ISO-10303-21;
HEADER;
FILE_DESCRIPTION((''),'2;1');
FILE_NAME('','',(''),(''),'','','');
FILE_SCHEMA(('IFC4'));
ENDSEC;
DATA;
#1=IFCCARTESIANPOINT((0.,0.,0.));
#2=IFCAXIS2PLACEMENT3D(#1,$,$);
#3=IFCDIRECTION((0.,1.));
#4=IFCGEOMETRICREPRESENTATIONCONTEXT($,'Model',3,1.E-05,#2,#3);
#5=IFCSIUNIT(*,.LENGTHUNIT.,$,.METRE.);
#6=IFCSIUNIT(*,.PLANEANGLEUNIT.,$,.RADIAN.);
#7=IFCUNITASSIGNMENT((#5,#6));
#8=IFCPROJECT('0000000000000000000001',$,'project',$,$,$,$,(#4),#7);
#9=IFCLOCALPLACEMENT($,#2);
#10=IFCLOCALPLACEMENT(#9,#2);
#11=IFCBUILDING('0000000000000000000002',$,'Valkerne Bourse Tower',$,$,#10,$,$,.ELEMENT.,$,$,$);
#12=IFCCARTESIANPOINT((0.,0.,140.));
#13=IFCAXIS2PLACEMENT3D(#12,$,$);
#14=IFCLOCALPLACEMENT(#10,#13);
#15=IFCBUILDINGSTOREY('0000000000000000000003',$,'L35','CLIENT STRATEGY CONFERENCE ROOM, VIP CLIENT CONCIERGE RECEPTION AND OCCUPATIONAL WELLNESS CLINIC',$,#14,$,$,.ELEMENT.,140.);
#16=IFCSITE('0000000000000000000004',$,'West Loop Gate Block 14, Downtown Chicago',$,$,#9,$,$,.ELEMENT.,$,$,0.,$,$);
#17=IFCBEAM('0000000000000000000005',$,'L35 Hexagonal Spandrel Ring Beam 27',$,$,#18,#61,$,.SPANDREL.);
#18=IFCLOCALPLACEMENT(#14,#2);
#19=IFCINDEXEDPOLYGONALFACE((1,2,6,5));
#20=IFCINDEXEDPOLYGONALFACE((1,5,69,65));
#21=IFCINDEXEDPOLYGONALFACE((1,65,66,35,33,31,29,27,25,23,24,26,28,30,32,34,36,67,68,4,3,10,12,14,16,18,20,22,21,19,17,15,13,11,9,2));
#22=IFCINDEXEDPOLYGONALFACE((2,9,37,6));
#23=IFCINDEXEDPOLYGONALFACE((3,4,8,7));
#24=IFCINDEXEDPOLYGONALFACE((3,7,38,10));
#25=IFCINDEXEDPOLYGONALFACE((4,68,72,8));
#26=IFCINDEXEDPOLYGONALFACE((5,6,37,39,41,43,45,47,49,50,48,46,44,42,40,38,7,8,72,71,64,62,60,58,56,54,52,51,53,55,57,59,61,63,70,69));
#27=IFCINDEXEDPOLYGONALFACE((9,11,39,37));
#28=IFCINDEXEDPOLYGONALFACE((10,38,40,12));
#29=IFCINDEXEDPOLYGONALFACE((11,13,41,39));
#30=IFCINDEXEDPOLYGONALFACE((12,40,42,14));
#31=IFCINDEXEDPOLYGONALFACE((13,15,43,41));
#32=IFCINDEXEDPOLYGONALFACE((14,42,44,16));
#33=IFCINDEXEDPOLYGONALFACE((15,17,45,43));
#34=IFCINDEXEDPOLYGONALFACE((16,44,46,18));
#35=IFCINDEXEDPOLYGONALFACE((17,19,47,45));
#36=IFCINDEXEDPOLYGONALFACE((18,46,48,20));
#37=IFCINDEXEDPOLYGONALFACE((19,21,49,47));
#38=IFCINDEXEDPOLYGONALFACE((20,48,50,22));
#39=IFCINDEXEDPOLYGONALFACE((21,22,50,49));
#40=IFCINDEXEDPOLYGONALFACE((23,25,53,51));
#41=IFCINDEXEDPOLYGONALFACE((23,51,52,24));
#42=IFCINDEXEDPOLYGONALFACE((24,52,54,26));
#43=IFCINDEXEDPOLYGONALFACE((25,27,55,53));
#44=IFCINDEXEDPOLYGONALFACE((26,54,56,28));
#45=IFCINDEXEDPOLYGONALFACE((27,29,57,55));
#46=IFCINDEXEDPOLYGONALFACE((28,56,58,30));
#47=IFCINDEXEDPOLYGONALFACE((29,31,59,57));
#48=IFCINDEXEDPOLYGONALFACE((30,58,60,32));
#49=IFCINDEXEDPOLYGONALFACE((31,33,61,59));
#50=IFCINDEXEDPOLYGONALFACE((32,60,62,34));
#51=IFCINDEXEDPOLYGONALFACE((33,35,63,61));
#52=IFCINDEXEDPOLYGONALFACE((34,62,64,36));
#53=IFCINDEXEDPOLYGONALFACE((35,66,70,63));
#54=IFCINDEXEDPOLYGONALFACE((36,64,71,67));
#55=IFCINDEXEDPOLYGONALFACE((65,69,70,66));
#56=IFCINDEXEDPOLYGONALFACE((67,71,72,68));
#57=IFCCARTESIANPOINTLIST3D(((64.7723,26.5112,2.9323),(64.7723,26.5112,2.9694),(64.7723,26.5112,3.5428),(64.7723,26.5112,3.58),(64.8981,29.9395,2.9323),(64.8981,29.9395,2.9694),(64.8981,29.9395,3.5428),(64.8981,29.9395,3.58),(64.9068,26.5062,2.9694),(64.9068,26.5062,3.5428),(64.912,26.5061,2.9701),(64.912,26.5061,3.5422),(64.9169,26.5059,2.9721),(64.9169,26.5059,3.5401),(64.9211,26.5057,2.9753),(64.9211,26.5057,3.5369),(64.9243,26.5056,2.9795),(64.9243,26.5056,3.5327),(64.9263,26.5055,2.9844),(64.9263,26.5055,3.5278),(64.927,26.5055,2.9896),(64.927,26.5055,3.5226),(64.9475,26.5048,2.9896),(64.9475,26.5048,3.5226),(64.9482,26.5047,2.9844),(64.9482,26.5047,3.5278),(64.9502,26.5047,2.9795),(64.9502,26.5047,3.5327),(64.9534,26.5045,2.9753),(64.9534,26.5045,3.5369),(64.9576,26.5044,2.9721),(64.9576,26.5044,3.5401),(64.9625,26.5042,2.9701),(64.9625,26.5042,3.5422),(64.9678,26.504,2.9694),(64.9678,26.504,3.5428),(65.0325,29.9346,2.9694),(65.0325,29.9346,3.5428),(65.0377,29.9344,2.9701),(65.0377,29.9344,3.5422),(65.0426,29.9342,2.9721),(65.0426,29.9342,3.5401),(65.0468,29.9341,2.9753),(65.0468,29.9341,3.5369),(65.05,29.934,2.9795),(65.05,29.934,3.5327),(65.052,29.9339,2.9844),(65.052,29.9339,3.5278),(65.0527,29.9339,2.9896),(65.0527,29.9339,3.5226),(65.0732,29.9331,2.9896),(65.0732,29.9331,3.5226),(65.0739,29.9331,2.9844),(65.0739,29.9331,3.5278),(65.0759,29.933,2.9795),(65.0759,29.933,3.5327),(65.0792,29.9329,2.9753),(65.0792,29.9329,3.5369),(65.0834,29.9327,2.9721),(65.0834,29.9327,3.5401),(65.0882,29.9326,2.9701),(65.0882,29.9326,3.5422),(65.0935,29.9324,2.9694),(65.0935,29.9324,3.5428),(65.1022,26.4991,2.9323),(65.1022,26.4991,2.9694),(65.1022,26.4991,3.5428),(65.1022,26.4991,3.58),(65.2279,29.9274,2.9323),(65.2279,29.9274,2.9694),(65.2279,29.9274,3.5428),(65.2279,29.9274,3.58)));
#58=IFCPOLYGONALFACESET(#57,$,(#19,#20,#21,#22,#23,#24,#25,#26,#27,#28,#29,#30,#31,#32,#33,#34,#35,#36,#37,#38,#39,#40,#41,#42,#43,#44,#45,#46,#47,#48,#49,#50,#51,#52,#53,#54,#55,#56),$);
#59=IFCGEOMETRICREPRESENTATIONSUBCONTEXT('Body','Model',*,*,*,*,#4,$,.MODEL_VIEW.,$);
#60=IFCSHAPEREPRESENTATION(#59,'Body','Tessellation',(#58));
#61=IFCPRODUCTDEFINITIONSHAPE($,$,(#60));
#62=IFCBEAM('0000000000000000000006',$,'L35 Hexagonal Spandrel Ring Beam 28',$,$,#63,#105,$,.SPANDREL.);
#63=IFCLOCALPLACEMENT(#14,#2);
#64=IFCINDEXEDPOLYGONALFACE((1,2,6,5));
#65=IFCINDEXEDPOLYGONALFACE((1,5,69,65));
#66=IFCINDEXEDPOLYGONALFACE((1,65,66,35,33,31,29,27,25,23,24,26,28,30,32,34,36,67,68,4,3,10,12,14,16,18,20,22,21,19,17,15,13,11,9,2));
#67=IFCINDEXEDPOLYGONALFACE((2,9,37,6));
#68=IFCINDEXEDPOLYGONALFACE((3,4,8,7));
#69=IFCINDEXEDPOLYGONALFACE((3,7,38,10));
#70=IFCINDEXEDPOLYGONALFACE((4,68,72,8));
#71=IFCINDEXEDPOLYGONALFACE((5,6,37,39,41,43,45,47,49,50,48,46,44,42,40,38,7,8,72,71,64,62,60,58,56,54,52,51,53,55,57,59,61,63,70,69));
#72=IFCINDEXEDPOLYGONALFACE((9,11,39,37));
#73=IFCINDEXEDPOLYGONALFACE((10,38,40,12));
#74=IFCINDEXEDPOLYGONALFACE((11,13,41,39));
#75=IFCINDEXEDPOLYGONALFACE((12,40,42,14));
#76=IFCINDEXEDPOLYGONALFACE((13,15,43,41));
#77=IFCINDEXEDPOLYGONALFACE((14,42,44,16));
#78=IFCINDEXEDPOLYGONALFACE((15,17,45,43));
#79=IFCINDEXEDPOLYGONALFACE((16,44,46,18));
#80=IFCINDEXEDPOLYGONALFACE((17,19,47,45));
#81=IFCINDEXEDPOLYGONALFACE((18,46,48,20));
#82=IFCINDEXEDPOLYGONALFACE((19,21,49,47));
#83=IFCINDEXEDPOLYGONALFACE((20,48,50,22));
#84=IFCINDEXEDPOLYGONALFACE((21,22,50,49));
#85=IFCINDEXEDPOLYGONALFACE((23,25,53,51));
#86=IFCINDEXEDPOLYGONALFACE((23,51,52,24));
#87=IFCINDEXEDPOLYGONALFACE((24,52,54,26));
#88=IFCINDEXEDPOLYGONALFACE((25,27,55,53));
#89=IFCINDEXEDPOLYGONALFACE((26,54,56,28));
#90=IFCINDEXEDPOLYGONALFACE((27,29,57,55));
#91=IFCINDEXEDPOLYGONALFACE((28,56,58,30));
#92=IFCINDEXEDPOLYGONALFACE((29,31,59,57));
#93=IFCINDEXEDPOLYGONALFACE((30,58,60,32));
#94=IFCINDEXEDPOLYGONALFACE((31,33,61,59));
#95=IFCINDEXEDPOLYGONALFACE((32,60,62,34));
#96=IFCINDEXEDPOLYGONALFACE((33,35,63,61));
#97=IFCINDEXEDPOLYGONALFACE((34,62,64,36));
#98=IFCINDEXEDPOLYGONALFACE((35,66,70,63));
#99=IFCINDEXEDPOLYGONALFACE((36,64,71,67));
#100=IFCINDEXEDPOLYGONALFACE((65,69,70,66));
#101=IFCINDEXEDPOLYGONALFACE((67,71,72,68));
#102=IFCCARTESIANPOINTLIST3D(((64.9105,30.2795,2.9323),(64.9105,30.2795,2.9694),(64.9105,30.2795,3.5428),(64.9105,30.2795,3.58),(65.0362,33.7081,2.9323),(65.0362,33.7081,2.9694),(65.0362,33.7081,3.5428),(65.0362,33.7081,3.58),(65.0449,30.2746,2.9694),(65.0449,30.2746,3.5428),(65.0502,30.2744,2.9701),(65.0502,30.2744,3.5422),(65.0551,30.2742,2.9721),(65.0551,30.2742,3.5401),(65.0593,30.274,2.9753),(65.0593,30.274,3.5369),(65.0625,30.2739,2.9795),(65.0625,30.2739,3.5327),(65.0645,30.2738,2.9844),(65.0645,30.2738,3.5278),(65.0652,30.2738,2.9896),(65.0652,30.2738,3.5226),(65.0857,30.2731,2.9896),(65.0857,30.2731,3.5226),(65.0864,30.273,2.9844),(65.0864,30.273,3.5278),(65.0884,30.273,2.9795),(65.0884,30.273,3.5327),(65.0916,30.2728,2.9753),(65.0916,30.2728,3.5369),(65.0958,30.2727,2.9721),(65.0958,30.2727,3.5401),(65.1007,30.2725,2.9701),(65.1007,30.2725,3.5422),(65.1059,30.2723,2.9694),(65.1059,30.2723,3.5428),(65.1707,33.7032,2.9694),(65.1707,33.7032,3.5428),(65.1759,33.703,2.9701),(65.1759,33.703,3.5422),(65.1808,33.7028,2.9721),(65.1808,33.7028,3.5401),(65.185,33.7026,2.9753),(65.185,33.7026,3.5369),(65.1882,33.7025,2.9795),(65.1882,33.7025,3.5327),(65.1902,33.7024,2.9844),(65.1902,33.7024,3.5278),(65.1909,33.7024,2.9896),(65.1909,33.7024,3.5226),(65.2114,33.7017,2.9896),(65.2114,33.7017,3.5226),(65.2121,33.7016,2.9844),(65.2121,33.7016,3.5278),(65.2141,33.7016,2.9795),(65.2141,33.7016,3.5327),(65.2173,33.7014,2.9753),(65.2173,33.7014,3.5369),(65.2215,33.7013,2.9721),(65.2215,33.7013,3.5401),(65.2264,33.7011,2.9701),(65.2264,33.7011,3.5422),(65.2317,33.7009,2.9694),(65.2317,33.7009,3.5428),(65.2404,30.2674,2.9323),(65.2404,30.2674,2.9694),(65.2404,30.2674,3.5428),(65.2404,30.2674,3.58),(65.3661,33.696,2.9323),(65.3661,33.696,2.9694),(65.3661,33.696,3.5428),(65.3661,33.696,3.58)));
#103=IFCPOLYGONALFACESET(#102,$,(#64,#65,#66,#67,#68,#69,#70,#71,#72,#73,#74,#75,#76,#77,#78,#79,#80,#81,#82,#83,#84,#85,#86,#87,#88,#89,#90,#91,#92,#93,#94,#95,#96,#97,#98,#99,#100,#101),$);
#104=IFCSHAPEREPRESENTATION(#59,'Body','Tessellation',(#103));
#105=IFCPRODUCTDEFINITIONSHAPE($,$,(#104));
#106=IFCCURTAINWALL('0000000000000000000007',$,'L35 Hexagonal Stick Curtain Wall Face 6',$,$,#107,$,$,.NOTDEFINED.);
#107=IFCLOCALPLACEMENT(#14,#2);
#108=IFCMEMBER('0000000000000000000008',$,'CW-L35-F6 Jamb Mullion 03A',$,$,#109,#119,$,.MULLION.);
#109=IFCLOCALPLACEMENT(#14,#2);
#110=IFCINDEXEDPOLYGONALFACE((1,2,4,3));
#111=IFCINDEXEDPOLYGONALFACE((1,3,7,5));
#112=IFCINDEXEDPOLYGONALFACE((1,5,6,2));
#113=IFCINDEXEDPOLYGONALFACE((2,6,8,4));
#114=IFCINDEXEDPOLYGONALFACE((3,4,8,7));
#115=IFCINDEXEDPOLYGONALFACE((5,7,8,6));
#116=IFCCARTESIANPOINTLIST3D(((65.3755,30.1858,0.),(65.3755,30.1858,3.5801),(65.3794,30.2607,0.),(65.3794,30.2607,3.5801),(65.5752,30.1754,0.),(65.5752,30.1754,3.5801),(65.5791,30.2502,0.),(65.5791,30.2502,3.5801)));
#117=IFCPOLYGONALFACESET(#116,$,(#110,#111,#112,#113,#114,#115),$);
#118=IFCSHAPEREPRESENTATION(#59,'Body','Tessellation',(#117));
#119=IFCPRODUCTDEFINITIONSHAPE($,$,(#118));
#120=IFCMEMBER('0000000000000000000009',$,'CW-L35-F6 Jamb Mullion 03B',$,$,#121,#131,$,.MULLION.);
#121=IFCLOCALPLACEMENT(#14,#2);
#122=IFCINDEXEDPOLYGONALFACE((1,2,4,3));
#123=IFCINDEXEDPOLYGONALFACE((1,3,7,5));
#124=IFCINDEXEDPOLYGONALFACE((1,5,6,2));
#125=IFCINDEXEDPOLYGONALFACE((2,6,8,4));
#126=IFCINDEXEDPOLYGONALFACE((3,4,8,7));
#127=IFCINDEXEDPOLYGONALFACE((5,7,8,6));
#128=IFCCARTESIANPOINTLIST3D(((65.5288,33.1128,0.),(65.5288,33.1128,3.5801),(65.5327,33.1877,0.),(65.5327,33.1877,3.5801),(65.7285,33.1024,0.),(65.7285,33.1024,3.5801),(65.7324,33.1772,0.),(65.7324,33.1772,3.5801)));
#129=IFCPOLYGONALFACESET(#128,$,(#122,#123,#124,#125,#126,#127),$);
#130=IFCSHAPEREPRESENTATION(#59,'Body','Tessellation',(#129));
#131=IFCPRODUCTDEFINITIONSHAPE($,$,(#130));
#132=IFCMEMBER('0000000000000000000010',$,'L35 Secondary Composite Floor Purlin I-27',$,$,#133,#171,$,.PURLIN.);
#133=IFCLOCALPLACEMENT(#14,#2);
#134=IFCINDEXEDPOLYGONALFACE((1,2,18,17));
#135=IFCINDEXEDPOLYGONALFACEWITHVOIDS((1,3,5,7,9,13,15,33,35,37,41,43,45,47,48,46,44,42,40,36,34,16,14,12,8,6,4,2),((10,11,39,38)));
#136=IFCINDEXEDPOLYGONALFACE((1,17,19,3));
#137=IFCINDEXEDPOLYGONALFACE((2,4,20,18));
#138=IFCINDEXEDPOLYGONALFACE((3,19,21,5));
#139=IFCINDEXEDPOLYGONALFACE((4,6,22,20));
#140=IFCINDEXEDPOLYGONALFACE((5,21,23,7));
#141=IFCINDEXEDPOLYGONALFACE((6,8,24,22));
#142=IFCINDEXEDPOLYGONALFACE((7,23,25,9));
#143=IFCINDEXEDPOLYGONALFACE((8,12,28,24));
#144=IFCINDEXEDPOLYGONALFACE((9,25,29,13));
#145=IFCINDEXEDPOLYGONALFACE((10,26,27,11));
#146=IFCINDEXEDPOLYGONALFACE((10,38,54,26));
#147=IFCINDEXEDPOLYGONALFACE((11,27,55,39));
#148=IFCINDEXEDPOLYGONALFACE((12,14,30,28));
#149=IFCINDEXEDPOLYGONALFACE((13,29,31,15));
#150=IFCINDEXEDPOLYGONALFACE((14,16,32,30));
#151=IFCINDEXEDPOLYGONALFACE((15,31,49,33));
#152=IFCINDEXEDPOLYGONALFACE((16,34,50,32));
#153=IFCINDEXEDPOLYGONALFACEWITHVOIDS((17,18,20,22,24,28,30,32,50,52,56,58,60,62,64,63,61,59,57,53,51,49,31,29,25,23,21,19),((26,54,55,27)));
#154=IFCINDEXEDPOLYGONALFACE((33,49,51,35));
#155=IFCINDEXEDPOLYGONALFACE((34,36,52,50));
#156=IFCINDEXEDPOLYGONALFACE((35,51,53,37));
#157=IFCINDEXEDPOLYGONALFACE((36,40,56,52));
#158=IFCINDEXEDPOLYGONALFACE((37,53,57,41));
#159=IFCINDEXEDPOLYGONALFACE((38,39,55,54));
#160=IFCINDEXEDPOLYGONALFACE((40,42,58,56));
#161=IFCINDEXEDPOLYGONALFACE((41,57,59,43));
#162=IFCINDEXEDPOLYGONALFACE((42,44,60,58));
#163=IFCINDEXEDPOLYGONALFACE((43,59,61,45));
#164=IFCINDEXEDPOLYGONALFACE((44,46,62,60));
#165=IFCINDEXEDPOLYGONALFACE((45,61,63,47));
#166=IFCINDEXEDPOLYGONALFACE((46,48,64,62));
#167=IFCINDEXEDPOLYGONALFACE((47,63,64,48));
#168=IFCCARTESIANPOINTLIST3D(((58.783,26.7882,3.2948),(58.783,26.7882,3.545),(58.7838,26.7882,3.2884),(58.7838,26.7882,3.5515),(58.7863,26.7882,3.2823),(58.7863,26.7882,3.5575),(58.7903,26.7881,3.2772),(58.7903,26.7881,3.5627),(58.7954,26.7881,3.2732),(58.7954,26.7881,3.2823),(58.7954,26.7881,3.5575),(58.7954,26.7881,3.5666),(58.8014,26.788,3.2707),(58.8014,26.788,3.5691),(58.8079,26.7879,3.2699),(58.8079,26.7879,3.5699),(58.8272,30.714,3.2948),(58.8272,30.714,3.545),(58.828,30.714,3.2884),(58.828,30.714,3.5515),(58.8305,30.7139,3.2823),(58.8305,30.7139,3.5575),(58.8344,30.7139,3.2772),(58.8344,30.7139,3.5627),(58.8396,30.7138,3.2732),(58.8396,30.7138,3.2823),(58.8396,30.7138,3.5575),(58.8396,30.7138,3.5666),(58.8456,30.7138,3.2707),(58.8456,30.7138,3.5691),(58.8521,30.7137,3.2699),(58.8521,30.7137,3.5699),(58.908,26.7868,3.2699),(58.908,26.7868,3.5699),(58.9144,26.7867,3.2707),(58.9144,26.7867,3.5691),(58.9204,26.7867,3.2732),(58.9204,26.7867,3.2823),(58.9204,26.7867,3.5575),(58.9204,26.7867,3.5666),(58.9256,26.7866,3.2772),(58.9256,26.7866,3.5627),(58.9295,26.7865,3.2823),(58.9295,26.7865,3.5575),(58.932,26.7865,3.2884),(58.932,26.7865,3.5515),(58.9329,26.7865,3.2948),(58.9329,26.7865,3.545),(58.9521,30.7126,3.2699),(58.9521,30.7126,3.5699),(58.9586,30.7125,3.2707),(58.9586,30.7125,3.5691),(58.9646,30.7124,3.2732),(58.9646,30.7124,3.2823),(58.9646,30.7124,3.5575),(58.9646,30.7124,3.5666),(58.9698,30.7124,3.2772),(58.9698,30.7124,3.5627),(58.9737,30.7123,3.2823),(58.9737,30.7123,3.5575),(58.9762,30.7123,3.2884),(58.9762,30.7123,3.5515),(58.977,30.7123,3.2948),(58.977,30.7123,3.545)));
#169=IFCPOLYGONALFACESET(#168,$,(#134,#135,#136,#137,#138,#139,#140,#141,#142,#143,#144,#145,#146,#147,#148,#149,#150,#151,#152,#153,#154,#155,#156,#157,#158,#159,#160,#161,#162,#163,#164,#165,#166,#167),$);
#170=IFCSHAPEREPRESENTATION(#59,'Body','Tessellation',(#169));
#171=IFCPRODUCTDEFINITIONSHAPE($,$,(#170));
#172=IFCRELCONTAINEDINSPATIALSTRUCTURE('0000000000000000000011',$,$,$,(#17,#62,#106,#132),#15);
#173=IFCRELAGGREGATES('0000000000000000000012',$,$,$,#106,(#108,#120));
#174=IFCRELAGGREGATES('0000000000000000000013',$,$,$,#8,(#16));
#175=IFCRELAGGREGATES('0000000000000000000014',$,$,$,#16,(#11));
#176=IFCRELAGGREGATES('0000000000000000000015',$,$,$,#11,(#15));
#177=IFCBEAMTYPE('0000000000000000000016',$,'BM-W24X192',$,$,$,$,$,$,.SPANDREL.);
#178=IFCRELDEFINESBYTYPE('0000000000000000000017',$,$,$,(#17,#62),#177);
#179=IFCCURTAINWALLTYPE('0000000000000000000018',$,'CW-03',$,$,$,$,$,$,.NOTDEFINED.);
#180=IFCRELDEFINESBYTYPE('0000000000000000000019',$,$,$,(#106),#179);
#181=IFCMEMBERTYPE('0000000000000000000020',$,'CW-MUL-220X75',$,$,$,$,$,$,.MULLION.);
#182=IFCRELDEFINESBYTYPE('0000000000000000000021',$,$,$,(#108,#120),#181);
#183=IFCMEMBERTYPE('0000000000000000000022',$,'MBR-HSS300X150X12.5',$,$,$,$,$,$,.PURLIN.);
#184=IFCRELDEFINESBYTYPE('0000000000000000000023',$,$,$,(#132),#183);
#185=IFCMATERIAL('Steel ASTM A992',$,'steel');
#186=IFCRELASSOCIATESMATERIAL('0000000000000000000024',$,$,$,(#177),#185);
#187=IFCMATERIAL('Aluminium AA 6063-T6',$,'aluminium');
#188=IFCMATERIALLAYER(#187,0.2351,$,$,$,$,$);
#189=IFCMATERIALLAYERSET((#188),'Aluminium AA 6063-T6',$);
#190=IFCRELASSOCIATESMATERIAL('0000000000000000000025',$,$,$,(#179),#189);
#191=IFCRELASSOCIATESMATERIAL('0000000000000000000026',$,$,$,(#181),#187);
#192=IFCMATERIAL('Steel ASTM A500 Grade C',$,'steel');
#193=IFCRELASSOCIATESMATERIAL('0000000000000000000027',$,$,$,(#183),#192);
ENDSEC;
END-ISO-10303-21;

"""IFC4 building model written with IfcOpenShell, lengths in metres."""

from ifc_helpers import new_model, si_unit, direction, frame, origin, origin_2d, place, context, subcontext, project, spatial, rectangle, hollow_rectangle, i_section, extrude, material, layer, layer_set, material_profile, profile_set, type_object, element, aggregate, save


model = new_model("IFC4")

# Units and contexts
model_context = context("Model", 3, precision=1e-05, world=origin(), true_north=direction((0.0, 1.0)))
body_context = subcontext(model_context, "Body", "Model", "MODEL_VIEW")
ifc_project = project(units=[si_unit("LENGTHUNIT", "METRE"), si_unit("PLANEANGLEUNIT", "RADIAN")], contexts=[model_context])

# Site, building, storey
site_placement = place(None, origin())
site = spatial("IfcSite", under=ifc_project, at=site_placement, Name="West Loop Gate Block 14, Downtown Chicago", CompositionType="ELEMENT", RefElevation=0.0)
building_placement = place(site_placement, origin())
building = spatial("IfcBuilding", under=site, at=building_placement, Name="Valkerne Bourse Tower", CompositionType="ELEMENT")
storey_placement = place(building_placement, frame((0.0, 0.0, 140.0)))
storey = spatial("IfcBuildingStorey", under=building, at=storey_placement, Name="L35", Description="CLIENT STRATEGY CONFERENCE ROOM, VIP CLIENT CONCIERGE RECEPTION AND OCCUPATIONAL WELLNESS CLINIC", CompositionType="ELEMENT", Elevation=140.0)

# Beams
ifc_material_1 = material(Name="Steel ASTM A992", Category="steel")
ifc_material_profile_1 = material_profile(ifc_material_1, i_section(OverallWidth=0.3301, OverallDepth=0.6477, WebThickness=0.0205, FlangeThickness=0.0371, FilletRadius=0.0203, at=origin_2d()), Name="W24X192")
ifc_profile_set_1 = profile_set([ifc_material_profile_1], Name="Steel ASTM A992")
beam_type_1 = type_object("IfcBeamType", Name="BM-W24X192", PredefinedType="SPANDREL", material=ifc_profile_set_1)
beam_1_placement = place(storey_placement, frame((64.9373, 26.5051, 3.2561), z_axis=(0.036648, 0.999328, 0.0), x_axis=(-0.999328, 0.036648, 0.0)))
element("IfcBeam", 1, at=beam_1_placement, inside=storey, type_object=beam_type_1, Name="L35 Hexagonal Spandrel Ring Beam 27", PredefinedType="SPANDREL", context=body_context, shape_type="SweptSolid", body=[
    extrude(i_section(OverallWidth=0.3301, OverallDepth=0.6477, WebThickness=0.0205, FlangeThickness=0.0371, FilletRadius=0.0203, at=origin_2d()), origin(), (0.0, 0.0, 1.0), 3.4307),
])
beam_2_placement = place(storey_placement, frame((65.0754, 30.2734, 3.2561), z_axis=(0.036646, 0.999328, 0.0), x_axis=(-0.999328, 0.036646, 0.0)))
element("IfcBeam", 2, at=beam_2_placement, inside=storey, type_object=beam_type_1, Name="L35 Hexagonal Spandrel Ring Beam 28", PredefinedType="SPANDREL", context=body_context, shape_type="SweptSolid", body=[
    extrude(i_section(OverallWidth=0.3301, OverallDepth=0.6477, WebThickness=0.0205, FlangeThickness=0.0371, FilletRadius=0.0203, at=origin_2d()), origin(), (0.0, 0.0, 1.0), 3.4309),
])

# Curtain wall, members
ifc_material_2 = material(Name="Aluminium AA 6063-T6", Category="aluminium")
ifc_layer_1 = layer(ifc_material_2, 0.2351)
ifc_layer_set_1 = layer_set([ifc_layer_1], Name="Aluminium AA 6063-T6")
curtain_wall_type = type_object("IfcCurtainWallType", Name="CW-03", PredefinedType="NOTDEFINED", material=ifc_layer_set_1)
curtain_wall_placement = place(storey_placement, origin())
curtain_wall = element("IfcCurtainWall", 3, at=curtain_wall_placement, inside=storey, type_object=curtain_wall_type, Name="L35 Hexagonal Stick Curtain Wall Face 6", PredefinedType="NOTDEFINED")
ifc_material_profile_2 = material_profile(ifc_material_2, rectangle(XDim=0.075, YDim=0.2, at=origin_2d()), Name="CWM-75X200")
ifc_profile_set_2 = profile_set([ifc_material_profile_2], Name="Aluminium AA 6063-T6")
member_type_1 = type_object("IfcMemberType", Name="CW-MUL-220X75", PredefinedType="MULLION", material=ifc_profile_set_2)
member_1_placement = place(storey_placement, frame((65.4773, 30.218, 0.0), z_axis=(0.0, 0.0, 1.0), x_axis=(0.052347, 0.998629, 0.0)))
member_1 = element("IfcMember", 4, at=member_1_placement, type_object=member_type_1, Name="CW-L35-F6 Jamb Mullion 03A", PredefinedType="MULLION", context=body_context, shape_type="SweptSolid", body=[
    extrude(rectangle(XDim=0.075, YDim=0.2, at=origin_2d()), origin(), (0.0, 0.0, 1.0), 3.5801),
])
member_2_placement = place(storey_placement, frame((65.6306, 33.145, 0.0), z_axis=(0.0, 0.0, 1.0), x_axis=(0.052347, 0.998629, 0.0)))
member_2 = element("IfcMember", 5, at=member_2_placement, type_object=member_type_1, Name="CW-L35-F6 Jamb Mullion 03B", PredefinedType="MULLION", context=body_context, shape_type="SweptSolid", body=[
    extrude(rectangle(XDim=0.075, YDim=0.2, at=origin_2d()), origin(), (0.0, 0.0, 1.0), 3.5801),
])

# Member
ifc_material_3 = material(Name="Steel ASTM A500 Grade C", Category="steel")
ifc_material_profile_3 = material_profile(ifc_material_3, hollow_rectangle(XDim=0.1499, YDim=0.3, WallThickness=0.0125, OuterFilletRadius=0.0249, at=origin_2d()), Name="HSS300X150X12.5")
ifc_profile_set_3 = profile_set([ifc_material_profile_3], Name="Steel ASTM A500 Grade C")
member_type_2 = type_object("IfcMemberType", Name="MBR-HSS300X150X12.5", PredefinedType="PURLIN", material=ifc_profile_set_3)
member_3_placement = place(storey_placement, frame((58.8579, 26.7874, 3.4199), z_axis=(0.011256, 0.999937, 0.0), x_axis=(-0.999937, 0.011256, 0.0)))
element("IfcMember", 6, at=member_3_placement, inside=storey, type_object=member_type_2, Name="L35 Secondary Composite Floor Purlin I-27", PredefinedType="PURLIN", context=body_context, shape_type="SweptSolid", body=[
    extrude(hollow_rectangle(XDim=0.1499, YDim=0.3, WallThickness=0.0125, OuterFilletRadius=0.0249, at=origin_2d()), origin(), (0.0, 0.0, 1.0), 3.926),
])

aggregate(curtain_wall, [member_1, member_2])

save(model, "model.ifc")
